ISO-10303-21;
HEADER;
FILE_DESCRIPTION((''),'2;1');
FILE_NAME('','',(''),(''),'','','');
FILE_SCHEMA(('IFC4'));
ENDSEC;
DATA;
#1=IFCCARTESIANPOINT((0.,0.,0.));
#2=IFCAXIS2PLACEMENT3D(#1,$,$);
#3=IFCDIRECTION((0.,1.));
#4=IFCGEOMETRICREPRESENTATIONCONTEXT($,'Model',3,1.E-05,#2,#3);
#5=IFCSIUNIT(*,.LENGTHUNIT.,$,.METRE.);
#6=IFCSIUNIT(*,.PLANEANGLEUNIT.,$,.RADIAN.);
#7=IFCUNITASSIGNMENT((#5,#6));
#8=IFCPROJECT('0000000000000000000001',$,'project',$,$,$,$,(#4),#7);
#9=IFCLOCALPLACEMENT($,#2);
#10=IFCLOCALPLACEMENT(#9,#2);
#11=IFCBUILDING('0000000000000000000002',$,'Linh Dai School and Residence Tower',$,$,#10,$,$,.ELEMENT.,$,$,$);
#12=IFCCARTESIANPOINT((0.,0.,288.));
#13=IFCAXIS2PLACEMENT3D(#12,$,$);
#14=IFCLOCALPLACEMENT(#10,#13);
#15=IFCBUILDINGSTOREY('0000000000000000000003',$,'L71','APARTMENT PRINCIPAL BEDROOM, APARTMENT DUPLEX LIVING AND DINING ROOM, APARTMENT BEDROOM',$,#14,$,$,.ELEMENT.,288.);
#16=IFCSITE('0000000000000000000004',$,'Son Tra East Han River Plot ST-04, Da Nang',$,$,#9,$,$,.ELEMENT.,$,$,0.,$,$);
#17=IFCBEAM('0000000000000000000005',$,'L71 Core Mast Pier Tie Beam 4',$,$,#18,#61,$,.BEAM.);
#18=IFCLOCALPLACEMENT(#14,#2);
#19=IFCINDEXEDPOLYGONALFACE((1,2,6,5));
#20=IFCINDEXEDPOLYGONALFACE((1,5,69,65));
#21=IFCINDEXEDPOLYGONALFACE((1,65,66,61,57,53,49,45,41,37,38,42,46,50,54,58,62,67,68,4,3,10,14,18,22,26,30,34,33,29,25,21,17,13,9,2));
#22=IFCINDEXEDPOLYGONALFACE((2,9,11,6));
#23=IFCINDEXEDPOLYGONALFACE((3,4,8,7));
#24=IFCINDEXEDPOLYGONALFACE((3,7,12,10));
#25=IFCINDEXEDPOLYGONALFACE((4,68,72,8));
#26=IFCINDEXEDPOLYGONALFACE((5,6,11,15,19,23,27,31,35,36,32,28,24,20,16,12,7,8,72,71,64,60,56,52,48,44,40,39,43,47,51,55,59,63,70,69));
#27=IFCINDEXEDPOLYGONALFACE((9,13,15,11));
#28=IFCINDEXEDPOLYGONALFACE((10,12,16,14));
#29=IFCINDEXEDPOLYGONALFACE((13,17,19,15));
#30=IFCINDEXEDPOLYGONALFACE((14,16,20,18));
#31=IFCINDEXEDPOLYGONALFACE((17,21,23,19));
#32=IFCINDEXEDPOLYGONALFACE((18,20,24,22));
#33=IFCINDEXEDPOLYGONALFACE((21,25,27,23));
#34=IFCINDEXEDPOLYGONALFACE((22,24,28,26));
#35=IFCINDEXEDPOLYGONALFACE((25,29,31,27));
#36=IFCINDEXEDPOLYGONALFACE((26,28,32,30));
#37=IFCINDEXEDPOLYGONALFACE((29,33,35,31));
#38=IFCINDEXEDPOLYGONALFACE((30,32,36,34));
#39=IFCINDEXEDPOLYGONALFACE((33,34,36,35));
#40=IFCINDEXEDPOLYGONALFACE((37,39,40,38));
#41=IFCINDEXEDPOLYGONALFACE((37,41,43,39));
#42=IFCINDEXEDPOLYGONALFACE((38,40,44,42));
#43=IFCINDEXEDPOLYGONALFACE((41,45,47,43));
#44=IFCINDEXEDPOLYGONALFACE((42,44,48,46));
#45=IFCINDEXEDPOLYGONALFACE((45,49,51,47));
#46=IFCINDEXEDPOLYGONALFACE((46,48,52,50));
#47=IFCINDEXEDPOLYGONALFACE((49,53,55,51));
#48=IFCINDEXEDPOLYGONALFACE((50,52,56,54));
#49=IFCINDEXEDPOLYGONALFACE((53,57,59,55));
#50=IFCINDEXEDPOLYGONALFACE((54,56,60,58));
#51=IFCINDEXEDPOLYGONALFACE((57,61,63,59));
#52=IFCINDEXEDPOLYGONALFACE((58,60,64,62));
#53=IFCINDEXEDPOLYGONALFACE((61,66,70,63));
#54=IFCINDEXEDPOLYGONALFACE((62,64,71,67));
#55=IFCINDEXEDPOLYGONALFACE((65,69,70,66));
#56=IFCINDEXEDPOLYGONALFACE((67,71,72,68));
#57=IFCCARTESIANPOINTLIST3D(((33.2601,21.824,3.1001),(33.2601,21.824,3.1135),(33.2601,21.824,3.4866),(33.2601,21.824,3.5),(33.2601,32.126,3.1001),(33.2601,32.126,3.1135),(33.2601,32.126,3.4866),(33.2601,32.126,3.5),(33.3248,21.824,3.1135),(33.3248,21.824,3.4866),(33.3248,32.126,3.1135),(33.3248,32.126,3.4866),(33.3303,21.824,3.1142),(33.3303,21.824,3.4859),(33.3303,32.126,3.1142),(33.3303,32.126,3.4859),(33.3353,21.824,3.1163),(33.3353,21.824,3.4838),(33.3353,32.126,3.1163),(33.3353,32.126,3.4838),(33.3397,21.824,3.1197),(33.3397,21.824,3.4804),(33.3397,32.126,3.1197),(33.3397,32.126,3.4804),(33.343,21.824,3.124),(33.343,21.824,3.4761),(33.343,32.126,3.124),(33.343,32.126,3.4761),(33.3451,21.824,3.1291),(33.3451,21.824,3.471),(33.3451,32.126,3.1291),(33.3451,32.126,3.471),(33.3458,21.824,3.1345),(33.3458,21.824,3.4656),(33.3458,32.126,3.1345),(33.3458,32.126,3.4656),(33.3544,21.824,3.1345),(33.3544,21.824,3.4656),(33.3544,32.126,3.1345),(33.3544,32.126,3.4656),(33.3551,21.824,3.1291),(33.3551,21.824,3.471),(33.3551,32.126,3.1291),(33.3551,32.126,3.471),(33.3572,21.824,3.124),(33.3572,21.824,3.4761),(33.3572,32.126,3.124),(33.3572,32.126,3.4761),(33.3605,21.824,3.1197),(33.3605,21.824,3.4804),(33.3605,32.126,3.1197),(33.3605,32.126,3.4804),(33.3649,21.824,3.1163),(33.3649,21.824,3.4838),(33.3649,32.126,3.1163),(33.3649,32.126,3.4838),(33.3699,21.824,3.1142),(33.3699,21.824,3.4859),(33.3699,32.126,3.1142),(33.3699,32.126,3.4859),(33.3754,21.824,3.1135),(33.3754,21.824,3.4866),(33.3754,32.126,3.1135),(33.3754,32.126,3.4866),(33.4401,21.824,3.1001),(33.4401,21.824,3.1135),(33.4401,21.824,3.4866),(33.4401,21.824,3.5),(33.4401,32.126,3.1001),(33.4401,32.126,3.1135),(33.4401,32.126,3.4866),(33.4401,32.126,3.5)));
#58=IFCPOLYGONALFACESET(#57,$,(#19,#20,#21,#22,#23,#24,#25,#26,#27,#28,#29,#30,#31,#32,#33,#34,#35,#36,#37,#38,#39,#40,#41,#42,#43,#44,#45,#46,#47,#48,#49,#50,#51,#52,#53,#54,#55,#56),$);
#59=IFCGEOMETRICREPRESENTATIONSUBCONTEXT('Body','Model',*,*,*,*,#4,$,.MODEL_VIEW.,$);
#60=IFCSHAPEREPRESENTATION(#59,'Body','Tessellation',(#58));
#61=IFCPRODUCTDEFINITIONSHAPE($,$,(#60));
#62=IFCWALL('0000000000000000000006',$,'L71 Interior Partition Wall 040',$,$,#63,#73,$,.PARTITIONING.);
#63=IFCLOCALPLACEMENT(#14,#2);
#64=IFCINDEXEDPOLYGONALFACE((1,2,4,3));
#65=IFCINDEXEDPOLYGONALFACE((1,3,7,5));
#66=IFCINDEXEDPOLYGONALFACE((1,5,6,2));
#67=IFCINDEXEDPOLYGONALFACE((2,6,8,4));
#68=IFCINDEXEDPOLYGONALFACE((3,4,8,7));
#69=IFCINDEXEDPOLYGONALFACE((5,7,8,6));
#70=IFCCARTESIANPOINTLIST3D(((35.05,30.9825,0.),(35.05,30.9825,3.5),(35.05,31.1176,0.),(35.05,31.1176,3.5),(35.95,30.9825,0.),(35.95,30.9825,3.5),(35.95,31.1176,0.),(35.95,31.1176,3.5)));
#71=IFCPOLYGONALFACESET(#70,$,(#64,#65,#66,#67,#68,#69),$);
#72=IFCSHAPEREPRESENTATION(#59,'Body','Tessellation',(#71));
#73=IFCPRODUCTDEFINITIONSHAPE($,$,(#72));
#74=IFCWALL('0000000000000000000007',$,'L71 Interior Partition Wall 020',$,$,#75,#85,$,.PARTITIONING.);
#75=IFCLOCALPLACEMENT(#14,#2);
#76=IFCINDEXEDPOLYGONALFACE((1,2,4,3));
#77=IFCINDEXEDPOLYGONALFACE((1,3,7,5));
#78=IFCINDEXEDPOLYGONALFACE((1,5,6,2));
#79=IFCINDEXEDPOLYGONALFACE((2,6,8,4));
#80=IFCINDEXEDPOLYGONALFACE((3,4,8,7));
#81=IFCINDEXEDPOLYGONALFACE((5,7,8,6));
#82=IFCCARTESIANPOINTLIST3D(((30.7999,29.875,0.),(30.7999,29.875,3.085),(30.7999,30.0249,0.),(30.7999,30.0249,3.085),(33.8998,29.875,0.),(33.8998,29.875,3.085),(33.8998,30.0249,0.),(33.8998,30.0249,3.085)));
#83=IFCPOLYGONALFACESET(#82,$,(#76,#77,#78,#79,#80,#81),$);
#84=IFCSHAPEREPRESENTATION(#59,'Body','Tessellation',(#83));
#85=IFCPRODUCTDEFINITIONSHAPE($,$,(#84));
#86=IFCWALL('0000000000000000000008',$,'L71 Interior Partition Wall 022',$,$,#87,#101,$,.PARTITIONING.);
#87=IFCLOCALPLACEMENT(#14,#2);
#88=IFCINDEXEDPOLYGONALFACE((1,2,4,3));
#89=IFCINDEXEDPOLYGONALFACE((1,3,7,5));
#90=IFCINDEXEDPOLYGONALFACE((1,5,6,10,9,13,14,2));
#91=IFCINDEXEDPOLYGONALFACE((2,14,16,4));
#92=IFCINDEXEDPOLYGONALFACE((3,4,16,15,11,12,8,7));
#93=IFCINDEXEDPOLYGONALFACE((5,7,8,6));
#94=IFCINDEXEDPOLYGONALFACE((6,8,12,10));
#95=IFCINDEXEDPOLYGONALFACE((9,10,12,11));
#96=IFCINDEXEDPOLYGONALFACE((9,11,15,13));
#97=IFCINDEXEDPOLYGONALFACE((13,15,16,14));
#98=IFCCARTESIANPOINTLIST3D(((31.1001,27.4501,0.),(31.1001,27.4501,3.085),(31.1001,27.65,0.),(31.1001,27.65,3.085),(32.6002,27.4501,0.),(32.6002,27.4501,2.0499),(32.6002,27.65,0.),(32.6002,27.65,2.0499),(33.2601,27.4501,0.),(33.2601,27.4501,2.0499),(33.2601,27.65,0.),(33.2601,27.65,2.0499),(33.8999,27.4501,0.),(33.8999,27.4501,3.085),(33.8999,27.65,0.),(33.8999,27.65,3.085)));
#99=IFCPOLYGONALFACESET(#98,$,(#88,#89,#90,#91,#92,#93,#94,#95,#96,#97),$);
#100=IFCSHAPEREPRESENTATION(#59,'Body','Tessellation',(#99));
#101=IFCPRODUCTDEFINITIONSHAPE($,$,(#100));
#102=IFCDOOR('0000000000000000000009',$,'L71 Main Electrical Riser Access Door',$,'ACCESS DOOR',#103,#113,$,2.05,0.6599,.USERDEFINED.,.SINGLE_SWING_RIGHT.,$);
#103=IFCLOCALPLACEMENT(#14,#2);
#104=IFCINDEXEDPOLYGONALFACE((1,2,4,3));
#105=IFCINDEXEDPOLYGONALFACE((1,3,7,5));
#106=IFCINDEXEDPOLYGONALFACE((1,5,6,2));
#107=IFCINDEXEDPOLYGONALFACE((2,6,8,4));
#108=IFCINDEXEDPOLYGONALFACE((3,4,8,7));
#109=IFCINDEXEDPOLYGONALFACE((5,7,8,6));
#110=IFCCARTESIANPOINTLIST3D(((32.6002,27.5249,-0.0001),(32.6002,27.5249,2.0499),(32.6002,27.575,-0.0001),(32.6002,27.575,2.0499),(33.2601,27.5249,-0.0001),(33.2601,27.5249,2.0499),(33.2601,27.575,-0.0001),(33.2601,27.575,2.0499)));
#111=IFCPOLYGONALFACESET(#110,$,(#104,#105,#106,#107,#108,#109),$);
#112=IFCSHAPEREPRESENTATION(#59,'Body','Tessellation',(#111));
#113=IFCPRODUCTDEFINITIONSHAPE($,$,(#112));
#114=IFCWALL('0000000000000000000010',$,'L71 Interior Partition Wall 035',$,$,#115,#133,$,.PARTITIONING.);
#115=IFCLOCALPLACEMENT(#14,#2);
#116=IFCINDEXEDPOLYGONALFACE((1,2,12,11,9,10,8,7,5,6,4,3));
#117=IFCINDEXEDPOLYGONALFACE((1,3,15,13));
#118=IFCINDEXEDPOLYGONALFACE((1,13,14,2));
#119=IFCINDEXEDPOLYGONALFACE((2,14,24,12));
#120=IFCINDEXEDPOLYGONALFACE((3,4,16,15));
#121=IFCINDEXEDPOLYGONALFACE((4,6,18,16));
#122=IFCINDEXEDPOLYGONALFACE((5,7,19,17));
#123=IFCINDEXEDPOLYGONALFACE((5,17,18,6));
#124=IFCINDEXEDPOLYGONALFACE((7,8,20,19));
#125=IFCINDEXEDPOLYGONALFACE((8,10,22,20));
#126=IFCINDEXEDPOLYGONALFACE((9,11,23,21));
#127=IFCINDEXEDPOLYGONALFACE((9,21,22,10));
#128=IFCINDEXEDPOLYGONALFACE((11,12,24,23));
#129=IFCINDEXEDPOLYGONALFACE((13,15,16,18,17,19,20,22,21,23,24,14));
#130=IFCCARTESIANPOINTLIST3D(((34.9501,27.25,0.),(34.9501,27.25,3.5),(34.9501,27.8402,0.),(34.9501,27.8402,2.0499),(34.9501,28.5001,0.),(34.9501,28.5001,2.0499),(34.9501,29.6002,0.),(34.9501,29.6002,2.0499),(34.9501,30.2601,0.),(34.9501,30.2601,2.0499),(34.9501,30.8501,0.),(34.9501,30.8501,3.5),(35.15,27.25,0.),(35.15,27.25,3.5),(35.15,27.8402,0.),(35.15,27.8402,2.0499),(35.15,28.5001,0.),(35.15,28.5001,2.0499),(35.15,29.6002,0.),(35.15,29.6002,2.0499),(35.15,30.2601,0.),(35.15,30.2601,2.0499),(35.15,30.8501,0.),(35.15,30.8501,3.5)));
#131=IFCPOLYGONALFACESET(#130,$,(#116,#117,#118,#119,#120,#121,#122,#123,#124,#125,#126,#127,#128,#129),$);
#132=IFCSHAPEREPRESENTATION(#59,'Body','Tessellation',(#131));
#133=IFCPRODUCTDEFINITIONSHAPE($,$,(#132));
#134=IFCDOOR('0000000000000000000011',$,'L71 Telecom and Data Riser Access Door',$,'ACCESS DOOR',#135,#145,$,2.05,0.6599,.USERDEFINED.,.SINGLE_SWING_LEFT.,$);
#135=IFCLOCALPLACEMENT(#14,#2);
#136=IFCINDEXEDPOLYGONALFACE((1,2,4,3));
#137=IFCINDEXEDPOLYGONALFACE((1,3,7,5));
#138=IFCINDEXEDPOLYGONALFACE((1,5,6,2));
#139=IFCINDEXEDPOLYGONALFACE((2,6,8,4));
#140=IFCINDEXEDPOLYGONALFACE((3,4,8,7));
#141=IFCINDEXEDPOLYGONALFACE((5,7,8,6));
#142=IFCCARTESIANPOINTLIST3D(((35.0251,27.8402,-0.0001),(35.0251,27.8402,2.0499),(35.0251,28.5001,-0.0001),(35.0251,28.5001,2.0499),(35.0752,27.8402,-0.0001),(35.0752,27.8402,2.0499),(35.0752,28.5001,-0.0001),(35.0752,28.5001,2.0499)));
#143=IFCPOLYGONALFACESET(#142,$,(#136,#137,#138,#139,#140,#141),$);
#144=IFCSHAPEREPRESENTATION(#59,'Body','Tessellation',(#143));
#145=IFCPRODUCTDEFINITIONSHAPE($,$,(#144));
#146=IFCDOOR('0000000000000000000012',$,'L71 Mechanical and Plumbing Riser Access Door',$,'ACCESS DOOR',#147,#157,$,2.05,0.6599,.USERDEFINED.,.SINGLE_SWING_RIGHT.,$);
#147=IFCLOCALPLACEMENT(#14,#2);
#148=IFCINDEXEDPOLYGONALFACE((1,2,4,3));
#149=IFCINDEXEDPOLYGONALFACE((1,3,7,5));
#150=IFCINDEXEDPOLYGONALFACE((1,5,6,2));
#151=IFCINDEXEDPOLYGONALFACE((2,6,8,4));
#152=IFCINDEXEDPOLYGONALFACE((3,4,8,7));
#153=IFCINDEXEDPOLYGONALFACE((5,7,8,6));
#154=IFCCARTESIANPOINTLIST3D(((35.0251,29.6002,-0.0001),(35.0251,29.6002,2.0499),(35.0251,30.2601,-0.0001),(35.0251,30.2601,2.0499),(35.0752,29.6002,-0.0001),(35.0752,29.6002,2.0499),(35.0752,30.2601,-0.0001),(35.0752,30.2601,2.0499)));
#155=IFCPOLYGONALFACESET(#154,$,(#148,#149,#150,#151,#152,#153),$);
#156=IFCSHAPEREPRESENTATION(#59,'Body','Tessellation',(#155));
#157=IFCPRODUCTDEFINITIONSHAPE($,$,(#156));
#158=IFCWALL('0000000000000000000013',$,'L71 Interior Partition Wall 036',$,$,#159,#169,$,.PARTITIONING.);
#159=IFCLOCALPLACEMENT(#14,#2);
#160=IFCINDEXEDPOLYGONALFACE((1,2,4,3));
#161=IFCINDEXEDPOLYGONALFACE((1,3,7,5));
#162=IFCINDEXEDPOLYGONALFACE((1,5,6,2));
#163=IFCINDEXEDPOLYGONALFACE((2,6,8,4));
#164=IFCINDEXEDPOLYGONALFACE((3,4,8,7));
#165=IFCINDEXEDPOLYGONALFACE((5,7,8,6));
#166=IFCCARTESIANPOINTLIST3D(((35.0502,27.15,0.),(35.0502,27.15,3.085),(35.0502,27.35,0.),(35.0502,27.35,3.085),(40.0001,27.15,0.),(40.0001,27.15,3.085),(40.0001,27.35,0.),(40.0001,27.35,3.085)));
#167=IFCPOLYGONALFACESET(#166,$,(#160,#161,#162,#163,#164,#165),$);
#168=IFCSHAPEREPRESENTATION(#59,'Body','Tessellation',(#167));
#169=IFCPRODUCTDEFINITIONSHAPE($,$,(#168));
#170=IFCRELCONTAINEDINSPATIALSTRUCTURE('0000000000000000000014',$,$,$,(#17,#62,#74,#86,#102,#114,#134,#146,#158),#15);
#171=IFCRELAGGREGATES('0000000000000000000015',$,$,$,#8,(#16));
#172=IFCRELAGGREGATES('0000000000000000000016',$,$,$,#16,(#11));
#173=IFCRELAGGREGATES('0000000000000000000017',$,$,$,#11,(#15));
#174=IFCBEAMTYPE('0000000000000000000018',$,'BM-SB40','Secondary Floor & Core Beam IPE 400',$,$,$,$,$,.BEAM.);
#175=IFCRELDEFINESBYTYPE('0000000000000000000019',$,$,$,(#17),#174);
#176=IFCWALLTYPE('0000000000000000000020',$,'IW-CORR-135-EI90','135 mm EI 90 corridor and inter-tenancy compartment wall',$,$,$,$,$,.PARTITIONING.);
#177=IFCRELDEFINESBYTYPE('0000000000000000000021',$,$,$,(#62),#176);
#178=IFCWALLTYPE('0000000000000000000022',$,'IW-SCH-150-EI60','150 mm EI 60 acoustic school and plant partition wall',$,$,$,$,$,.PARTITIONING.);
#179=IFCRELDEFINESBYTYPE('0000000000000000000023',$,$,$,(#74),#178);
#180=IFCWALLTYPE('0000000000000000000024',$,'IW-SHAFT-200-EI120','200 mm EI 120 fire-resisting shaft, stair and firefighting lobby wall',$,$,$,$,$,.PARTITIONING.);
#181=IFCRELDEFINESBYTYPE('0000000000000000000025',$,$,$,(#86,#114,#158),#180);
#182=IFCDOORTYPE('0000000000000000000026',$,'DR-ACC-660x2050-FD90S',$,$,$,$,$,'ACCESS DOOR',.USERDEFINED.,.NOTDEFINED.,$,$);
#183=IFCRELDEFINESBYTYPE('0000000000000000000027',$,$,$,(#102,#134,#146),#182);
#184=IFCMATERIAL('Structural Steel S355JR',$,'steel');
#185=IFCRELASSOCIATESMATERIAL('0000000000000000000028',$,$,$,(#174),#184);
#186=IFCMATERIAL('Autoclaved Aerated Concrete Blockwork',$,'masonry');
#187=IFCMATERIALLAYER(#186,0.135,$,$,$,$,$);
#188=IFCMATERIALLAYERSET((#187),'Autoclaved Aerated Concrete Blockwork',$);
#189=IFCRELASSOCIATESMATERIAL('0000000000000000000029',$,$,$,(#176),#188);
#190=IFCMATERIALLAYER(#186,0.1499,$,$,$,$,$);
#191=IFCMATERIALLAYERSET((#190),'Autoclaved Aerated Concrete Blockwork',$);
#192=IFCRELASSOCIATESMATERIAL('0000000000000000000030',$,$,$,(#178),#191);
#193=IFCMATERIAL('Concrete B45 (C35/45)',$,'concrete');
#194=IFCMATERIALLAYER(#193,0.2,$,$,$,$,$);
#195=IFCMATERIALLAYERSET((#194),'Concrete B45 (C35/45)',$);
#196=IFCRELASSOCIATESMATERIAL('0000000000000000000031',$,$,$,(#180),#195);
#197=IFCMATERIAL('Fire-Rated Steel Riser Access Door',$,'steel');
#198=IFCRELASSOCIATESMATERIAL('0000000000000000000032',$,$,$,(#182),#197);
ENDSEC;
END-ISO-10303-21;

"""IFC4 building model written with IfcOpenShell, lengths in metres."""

from ifc_helpers import new_model, si_unit, direction, frame, frame_2d, origin, origin_2d, place, context, subcontext, project, spatial, rectangle, i_section, extrude, source, transform, mapped, material, layer, layer_set, material_profile, profile_set, type_object, element, fill, save


model = new_model("IFC4")

# Units and contexts
model_context = context("Model", 3, precision=1e-05, world=origin(), true_north=direction((0.0, 1.0)))
body_context = subcontext(model_context, "Body", "Model", "MODEL_VIEW")
ifc_project = project(units=[si_unit("LENGTHUNIT", "METRE"), si_unit("PLANEANGLEUNIT", "RADIAN")], contexts=[model_context])

# Site, building, storey
site_placement = place(None, origin())
site = spatial("IfcSite", under=ifc_project, at=site_placement, Name="Son Tra East Han River Plot ST-04, Da Nang", CompositionType="ELEMENT", RefElevation=0.0)
building_placement = place(site_placement, origin())
building = spatial("IfcBuilding", under=site, at=building_placement, Name="Linh Dai School and Residence Tower", CompositionType="ELEMENT")
storey_placement = place(building_placement, frame((0.0, 0.0, 288.0)))
storey = spatial("IfcBuildingStorey", under=building, at=storey_placement, Name="L71", Description="APARTMENT PRINCIPAL BEDROOM, APARTMENT DUPLEX LIVING AND DINING ROOM, APARTMENT BEDROOM", CompositionType="ELEMENT", Elevation=288.0)

# Beam
ifc_material_1 = material(Name="Structural Steel S355JR", Category="steel")
ifc_material_profile = material_profile(ifc_material_1, i_section(OverallWidth=0.1799, OverallDepth=0.3999, WebThickness=0.0085, FlangeThickness=0.0134, FilletRadius=0.021, at=origin_2d()), Name="IPE 400")
ifc_profile_set = profile_set([ifc_material_profile], Name="Structural Steel S355JR")
beam_type = type_object("IfcBeamType", Name="BM-SB40", Description="Secondary Floor & Core Beam IPE 400", PredefinedType="BEAM", material=ifc_profile_set)
beam_placement = place(storey_placement, frame((33.3501, 32.126, 3.3), z_axis=(0.0, -1.0, 0.0), x_axis=(1.0, 0.0, 0.0)))
element("IfcBeam", 1, at=beam_placement, inside=storey, type_object=beam_type, Name="L71 Core Mast Pier Tie Beam 4", PredefinedType="BEAM", context=body_context, shape_type="SweptSolid", body=[
    extrude(i_section(OverallWidth=0.1799, OverallDepth=0.3999, WebThickness=0.0085, FlangeThickness=0.0134, FilletRadius=0.021, at=origin_2d()), origin(), (0.0, 0.0, 1.0), 10.302),
])

# Shared definitions
ifc_material_2 = material(Name="Autoclaved Aerated Concrete Blockwork", Category="masonry")
ifc_layer_1 = layer(ifc_material_2, 0.135)
ifc_layer_set_1 = layer_set([ifc_layer_1], Name="Autoclaved Aerated Concrete Blockwork")
wall_type_1 = type_object("IfcWallType", Name="IW-CORR-135-EI90", Description="135 mm EI 90 corridor and inter-tenancy compartment wall", PredefinedType="PARTITIONING", material=ifc_layer_set_1)

# Walls
wall_1_placement = place(storey_placement, frame((35.05, 31.05, 0.0), z_axis=(0.0, 0.0, 1.0), x_axis=(1.0, 0.0, 0.0)))
element("IfcWall", 2, at=wall_1_placement, inside=storey, type_object=wall_type_1, Name="L71 Interior Partition Wall 040", PredefinedType="PARTITIONING", context=body_context, shape_type="SweptSolid", body=[
    extrude(rectangle(XDim=0.8999, YDim=0.135, at=frame_2d((0.45, 0.0))), origin(), (0.0, 0.0, 1.0), 3.5),
])
ifc_layer_2 = layer(ifc_material_2, 0.1499)
ifc_layer_set_2 = layer_set([ifc_layer_2], Name="Autoclaved Aerated Concrete Blockwork")
wall_type_2 = type_object("IfcWallType", Name="IW-SCH-150-EI60", Description="150 mm EI 60 acoustic school and plant partition wall", PredefinedType="PARTITIONING", material=ifc_layer_set_2)
wall_2_placement = place(storey_placement, frame((30.8, 29.95, 0.0), z_axis=(0.0, 0.0, 1.0), x_axis=(1.0, 0.0, 0.0)))
element("IfcWall", 3, at=wall_2_placement, inside=storey, type_object=wall_type_2, Name="L71 Interior Partition Wall 020", PredefinedType="PARTITIONING", context=body_context, shape_type="SweptSolid", body=[
    extrude(rectangle(XDim=3.0999, YDim=0.1499, at=frame_2d((1.5498, 0.0))), origin(), (0.0, 0.0, 1.0), 3.085),
])

# Wall, opening, door
ifc_material_3 = material(Name="Concrete B45 (C35/45)", Category="concrete")
ifc_layer_3 = layer(ifc_material_3, 0.2)
ifc_layer_set_3 = layer_set([ifc_layer_3], Name="Concrete B45 (C35/45)")
wall_type_3 = type_object("IfcWallType", Name="IW-SHAFT-200-EI120", Description="200 mm EI 120 fire-resisting shaft, stair and firefighting lobby wall", PredefinedType="PARTITIONING", material=ifc_layer_set_3)
wall_3_placement = place(storey_placement, frame((31.1001, 27.55, 0.0), z_axis=(0.0, 0.0, 1.0), x_axis=(1.0, 0.0, 0.0)))
wall_3 = element("IfcWall", 4, at=wall_3_placement, inside=storey, type_object=wall_type_3, Name="L71 Interior Partition Wall 022", PredefinedType="PARTITIONING", context=body_context, shape_type="SweptSolid", body=[
    extrude(rectangle(XDim=2.7998, YDim=0.2, at=frame_2d((1.3999, 0.0))), origin(), (0.0, 0.0, 1.0), 3.085),
])
opening_1_placement = place(wall_3_placement, frame((1.5, 0.0, 0.0)))
opening_1 = element("IfcOpeningElement", 5, at=opening_1_placement, cuts=wall_3, PredefinedType="OPENING", context=body_context, shape_type="SweptSolid", body=[
    extrude(rectangle(XDim=0.6599, YDim=2.05, at=origin_2d()), frame((0.3301, 0.1099, 1.0249), z_axis=(0.0, -1.0, 0.0), x_axis=(1.0, 0.0, 0.0)), (0.0, 0.0, 1.0), 0.22),
])
ifc_material_4 = material(Name="Fire-Rated Steel Riser Access Door", Category="steel")
door_type_1 = type_object("IfcDoorType", Name="DR-ACC-660x2050-FD90S", ElementType="ACCESS DOOR", OperationType="NOTDEFINED", PredefinedType="USERDEFINED", material=ifc_material_4)
shared_shape_1 = source(origin(), body_context, "Body", "SweptSolid", [
    extrude(rectangle(XDim=0.6599, YDim=2.05, at=origin_2d()), frame((0.3301, 0.0249, 1.0249), z_axis=(0.0, -1.0, 0.0), x_axis=(1.0, 0.0, 0.0)), (0.0, 0.0, 1.0), 0.05),
])
door_1_placement = place(opening_1_placement, origin())
door_1 = element("IfcDoor", 6, at=door_1_placement, inside=storey, type_object=door_type_1, Name="L71 Main Electrical Riser Access Door", ObjectType="ACCESS DOOR", OperationType="SINGLE_SWING_RIGHT", OverallHeight=2.05, OverallWidth=0.6599, PredefinedType="USERDEFINED", context=body_context, shape_type="MappedRepresentation", body=[
    mapped(shared_shape_1, transform((0.0, 0.0, 0.0), x_axis=(1.0, 0.0, 0.0), y_axis=(0.0, 1.0, 0.0), z_axis=(0.0, 0.0, 1.0), scale=1.0)),
])
fill(opening_1, door_1)

# Wall, openings, doors
wall_4_placement = place(storey_placement, frame((35.05, 27.25, 0.0), z_axis=(0.0, 0.0, 1.0), x_axis=(0.0, 1.0, 0.0)))
wall_4 = element("IfcWall", 7, at=wall_4_placement, inside=storey, type_object=wall_type_3, Name="L71 Interior Partition Wall 035", PredefinedType="PARTITIONING", context=body_context, shape_type="SweptSolid", body=[
    extrude(rectangle(XDim=3.6001, YDim=0.2, at=frame_2d((1.8, 0.0))), origin(), (0.0, 0.0, 1.0), 3.5),
])
opening_2_placement = place(wall_4_placement, frame((0.5901, 0.0, 0.0)))
opening_2 = element("IfcOpeningElement", 8, at=opening_2_placement, cuts=wall_4, PredefinedType="OPENING", context=body_context, shape_type="SweptSolid", body=[
    extrude(rectangle(XDim=0.6599, YDim=2.05, at=origin_2d()), frame((0.3301, 0.1099, 1.0249), z_axis=(0.0, -1.0, 0.0), x_axis=(1.0, 0.0, 0.0)), (0.0, 0.0, 1.0), 0.22),
])
opening_3_placement = place(wall_4_placement, frame((2.3501, 0.0, 0.0)))
opening_3 = element("IfcOpeningElement", 9, at=opening_3_placement, cuts=wall_4, PredefinedType="OPENING", context=body_context, shape_type="SweptSolid", body=[
    extrude(rectangle(XDim=0.6599, YDim=2.05, at=origin_2d()), frame((0.3301, 0.1099, 1.0249), z_axis=(0.0, -1.0, 0.0), x_axis=(1.0, 0.0, 0.0)), (0.0, 0.0, 1.0), 0.22),
])
door_2_placement = place(opening_2_placement, origin())
door_2 = element("IfcDoor", 10, at=door_2_placement, inside=storey, type_object=door_type_1, Name="L71 Telecom and Data Riser Access Door", ObjectType="ACCESS DOOR", OperationType="SINGLE_SWING_LEFT", OverallHeight=2.05, OverallWidth=0.6599, PredefinedType="USERDEFINED", context=body_context, shape_type="MappedRepresentation", body=[
    mapped(shared_shape_1, transform((0.0, 0.0, 0.0), x_axis=(1.0, 0.0, 0.0), y_axis=(0.0, 1.0, 0.0), z_axis=(0.0, 0.0, 1.0), scale=1.0)),
])
fill(opening_2, door_2)
door_3_placement = place(opening_3_placement, origin())
door_3 = element("IfcDoor", 11, at=door_3_placement, inside=storey, type_object=door_type_1, Name="L71 Mechanical and Plumbing Riser Access Door", ObjectType="ACCESS DOOR", OperationType="SINGLE_SWING_RIGHT", OverallHeight=2.05, OverallWidth=0.6599, PredefinedType="USERDEFINED", context=body_context, shape_type="MappedRepresentation", body=[
    mapped(shared_shape_1, transform((0.0, 0.0, 0.0), x_axis=(1.0, 0.0, 0.0), y_axis=(0.0, 1.0, 0.0), z_axis=(0.0, 0.0, 1.0), scale=1.0)),
])
fill(opening_3, door_3)

# Wall
wall_5_placement = place(storey_placement, frame((35.05, 27.25, 0.0), z_axis=(0.0, 0.0, 1.0), x_axis=(1.0, 0.0, 0.0)))
element("IfcWall", 12, at=wall_5_placement, inside=storey, type_object=wall_type_3, Name="L71 Interior Partition Wall 036", PredefinedType="PARTITIONING", context=body_context, shape_type="SweptSolid", body=[
    extrude(rectangle(XDim=4.95, YDim=0.2, at=frame_2d((2.4751, 0.0))), origin(), (0.0, 0.0, 1.0), 3.085),
])

save(model, "model.ifc")
